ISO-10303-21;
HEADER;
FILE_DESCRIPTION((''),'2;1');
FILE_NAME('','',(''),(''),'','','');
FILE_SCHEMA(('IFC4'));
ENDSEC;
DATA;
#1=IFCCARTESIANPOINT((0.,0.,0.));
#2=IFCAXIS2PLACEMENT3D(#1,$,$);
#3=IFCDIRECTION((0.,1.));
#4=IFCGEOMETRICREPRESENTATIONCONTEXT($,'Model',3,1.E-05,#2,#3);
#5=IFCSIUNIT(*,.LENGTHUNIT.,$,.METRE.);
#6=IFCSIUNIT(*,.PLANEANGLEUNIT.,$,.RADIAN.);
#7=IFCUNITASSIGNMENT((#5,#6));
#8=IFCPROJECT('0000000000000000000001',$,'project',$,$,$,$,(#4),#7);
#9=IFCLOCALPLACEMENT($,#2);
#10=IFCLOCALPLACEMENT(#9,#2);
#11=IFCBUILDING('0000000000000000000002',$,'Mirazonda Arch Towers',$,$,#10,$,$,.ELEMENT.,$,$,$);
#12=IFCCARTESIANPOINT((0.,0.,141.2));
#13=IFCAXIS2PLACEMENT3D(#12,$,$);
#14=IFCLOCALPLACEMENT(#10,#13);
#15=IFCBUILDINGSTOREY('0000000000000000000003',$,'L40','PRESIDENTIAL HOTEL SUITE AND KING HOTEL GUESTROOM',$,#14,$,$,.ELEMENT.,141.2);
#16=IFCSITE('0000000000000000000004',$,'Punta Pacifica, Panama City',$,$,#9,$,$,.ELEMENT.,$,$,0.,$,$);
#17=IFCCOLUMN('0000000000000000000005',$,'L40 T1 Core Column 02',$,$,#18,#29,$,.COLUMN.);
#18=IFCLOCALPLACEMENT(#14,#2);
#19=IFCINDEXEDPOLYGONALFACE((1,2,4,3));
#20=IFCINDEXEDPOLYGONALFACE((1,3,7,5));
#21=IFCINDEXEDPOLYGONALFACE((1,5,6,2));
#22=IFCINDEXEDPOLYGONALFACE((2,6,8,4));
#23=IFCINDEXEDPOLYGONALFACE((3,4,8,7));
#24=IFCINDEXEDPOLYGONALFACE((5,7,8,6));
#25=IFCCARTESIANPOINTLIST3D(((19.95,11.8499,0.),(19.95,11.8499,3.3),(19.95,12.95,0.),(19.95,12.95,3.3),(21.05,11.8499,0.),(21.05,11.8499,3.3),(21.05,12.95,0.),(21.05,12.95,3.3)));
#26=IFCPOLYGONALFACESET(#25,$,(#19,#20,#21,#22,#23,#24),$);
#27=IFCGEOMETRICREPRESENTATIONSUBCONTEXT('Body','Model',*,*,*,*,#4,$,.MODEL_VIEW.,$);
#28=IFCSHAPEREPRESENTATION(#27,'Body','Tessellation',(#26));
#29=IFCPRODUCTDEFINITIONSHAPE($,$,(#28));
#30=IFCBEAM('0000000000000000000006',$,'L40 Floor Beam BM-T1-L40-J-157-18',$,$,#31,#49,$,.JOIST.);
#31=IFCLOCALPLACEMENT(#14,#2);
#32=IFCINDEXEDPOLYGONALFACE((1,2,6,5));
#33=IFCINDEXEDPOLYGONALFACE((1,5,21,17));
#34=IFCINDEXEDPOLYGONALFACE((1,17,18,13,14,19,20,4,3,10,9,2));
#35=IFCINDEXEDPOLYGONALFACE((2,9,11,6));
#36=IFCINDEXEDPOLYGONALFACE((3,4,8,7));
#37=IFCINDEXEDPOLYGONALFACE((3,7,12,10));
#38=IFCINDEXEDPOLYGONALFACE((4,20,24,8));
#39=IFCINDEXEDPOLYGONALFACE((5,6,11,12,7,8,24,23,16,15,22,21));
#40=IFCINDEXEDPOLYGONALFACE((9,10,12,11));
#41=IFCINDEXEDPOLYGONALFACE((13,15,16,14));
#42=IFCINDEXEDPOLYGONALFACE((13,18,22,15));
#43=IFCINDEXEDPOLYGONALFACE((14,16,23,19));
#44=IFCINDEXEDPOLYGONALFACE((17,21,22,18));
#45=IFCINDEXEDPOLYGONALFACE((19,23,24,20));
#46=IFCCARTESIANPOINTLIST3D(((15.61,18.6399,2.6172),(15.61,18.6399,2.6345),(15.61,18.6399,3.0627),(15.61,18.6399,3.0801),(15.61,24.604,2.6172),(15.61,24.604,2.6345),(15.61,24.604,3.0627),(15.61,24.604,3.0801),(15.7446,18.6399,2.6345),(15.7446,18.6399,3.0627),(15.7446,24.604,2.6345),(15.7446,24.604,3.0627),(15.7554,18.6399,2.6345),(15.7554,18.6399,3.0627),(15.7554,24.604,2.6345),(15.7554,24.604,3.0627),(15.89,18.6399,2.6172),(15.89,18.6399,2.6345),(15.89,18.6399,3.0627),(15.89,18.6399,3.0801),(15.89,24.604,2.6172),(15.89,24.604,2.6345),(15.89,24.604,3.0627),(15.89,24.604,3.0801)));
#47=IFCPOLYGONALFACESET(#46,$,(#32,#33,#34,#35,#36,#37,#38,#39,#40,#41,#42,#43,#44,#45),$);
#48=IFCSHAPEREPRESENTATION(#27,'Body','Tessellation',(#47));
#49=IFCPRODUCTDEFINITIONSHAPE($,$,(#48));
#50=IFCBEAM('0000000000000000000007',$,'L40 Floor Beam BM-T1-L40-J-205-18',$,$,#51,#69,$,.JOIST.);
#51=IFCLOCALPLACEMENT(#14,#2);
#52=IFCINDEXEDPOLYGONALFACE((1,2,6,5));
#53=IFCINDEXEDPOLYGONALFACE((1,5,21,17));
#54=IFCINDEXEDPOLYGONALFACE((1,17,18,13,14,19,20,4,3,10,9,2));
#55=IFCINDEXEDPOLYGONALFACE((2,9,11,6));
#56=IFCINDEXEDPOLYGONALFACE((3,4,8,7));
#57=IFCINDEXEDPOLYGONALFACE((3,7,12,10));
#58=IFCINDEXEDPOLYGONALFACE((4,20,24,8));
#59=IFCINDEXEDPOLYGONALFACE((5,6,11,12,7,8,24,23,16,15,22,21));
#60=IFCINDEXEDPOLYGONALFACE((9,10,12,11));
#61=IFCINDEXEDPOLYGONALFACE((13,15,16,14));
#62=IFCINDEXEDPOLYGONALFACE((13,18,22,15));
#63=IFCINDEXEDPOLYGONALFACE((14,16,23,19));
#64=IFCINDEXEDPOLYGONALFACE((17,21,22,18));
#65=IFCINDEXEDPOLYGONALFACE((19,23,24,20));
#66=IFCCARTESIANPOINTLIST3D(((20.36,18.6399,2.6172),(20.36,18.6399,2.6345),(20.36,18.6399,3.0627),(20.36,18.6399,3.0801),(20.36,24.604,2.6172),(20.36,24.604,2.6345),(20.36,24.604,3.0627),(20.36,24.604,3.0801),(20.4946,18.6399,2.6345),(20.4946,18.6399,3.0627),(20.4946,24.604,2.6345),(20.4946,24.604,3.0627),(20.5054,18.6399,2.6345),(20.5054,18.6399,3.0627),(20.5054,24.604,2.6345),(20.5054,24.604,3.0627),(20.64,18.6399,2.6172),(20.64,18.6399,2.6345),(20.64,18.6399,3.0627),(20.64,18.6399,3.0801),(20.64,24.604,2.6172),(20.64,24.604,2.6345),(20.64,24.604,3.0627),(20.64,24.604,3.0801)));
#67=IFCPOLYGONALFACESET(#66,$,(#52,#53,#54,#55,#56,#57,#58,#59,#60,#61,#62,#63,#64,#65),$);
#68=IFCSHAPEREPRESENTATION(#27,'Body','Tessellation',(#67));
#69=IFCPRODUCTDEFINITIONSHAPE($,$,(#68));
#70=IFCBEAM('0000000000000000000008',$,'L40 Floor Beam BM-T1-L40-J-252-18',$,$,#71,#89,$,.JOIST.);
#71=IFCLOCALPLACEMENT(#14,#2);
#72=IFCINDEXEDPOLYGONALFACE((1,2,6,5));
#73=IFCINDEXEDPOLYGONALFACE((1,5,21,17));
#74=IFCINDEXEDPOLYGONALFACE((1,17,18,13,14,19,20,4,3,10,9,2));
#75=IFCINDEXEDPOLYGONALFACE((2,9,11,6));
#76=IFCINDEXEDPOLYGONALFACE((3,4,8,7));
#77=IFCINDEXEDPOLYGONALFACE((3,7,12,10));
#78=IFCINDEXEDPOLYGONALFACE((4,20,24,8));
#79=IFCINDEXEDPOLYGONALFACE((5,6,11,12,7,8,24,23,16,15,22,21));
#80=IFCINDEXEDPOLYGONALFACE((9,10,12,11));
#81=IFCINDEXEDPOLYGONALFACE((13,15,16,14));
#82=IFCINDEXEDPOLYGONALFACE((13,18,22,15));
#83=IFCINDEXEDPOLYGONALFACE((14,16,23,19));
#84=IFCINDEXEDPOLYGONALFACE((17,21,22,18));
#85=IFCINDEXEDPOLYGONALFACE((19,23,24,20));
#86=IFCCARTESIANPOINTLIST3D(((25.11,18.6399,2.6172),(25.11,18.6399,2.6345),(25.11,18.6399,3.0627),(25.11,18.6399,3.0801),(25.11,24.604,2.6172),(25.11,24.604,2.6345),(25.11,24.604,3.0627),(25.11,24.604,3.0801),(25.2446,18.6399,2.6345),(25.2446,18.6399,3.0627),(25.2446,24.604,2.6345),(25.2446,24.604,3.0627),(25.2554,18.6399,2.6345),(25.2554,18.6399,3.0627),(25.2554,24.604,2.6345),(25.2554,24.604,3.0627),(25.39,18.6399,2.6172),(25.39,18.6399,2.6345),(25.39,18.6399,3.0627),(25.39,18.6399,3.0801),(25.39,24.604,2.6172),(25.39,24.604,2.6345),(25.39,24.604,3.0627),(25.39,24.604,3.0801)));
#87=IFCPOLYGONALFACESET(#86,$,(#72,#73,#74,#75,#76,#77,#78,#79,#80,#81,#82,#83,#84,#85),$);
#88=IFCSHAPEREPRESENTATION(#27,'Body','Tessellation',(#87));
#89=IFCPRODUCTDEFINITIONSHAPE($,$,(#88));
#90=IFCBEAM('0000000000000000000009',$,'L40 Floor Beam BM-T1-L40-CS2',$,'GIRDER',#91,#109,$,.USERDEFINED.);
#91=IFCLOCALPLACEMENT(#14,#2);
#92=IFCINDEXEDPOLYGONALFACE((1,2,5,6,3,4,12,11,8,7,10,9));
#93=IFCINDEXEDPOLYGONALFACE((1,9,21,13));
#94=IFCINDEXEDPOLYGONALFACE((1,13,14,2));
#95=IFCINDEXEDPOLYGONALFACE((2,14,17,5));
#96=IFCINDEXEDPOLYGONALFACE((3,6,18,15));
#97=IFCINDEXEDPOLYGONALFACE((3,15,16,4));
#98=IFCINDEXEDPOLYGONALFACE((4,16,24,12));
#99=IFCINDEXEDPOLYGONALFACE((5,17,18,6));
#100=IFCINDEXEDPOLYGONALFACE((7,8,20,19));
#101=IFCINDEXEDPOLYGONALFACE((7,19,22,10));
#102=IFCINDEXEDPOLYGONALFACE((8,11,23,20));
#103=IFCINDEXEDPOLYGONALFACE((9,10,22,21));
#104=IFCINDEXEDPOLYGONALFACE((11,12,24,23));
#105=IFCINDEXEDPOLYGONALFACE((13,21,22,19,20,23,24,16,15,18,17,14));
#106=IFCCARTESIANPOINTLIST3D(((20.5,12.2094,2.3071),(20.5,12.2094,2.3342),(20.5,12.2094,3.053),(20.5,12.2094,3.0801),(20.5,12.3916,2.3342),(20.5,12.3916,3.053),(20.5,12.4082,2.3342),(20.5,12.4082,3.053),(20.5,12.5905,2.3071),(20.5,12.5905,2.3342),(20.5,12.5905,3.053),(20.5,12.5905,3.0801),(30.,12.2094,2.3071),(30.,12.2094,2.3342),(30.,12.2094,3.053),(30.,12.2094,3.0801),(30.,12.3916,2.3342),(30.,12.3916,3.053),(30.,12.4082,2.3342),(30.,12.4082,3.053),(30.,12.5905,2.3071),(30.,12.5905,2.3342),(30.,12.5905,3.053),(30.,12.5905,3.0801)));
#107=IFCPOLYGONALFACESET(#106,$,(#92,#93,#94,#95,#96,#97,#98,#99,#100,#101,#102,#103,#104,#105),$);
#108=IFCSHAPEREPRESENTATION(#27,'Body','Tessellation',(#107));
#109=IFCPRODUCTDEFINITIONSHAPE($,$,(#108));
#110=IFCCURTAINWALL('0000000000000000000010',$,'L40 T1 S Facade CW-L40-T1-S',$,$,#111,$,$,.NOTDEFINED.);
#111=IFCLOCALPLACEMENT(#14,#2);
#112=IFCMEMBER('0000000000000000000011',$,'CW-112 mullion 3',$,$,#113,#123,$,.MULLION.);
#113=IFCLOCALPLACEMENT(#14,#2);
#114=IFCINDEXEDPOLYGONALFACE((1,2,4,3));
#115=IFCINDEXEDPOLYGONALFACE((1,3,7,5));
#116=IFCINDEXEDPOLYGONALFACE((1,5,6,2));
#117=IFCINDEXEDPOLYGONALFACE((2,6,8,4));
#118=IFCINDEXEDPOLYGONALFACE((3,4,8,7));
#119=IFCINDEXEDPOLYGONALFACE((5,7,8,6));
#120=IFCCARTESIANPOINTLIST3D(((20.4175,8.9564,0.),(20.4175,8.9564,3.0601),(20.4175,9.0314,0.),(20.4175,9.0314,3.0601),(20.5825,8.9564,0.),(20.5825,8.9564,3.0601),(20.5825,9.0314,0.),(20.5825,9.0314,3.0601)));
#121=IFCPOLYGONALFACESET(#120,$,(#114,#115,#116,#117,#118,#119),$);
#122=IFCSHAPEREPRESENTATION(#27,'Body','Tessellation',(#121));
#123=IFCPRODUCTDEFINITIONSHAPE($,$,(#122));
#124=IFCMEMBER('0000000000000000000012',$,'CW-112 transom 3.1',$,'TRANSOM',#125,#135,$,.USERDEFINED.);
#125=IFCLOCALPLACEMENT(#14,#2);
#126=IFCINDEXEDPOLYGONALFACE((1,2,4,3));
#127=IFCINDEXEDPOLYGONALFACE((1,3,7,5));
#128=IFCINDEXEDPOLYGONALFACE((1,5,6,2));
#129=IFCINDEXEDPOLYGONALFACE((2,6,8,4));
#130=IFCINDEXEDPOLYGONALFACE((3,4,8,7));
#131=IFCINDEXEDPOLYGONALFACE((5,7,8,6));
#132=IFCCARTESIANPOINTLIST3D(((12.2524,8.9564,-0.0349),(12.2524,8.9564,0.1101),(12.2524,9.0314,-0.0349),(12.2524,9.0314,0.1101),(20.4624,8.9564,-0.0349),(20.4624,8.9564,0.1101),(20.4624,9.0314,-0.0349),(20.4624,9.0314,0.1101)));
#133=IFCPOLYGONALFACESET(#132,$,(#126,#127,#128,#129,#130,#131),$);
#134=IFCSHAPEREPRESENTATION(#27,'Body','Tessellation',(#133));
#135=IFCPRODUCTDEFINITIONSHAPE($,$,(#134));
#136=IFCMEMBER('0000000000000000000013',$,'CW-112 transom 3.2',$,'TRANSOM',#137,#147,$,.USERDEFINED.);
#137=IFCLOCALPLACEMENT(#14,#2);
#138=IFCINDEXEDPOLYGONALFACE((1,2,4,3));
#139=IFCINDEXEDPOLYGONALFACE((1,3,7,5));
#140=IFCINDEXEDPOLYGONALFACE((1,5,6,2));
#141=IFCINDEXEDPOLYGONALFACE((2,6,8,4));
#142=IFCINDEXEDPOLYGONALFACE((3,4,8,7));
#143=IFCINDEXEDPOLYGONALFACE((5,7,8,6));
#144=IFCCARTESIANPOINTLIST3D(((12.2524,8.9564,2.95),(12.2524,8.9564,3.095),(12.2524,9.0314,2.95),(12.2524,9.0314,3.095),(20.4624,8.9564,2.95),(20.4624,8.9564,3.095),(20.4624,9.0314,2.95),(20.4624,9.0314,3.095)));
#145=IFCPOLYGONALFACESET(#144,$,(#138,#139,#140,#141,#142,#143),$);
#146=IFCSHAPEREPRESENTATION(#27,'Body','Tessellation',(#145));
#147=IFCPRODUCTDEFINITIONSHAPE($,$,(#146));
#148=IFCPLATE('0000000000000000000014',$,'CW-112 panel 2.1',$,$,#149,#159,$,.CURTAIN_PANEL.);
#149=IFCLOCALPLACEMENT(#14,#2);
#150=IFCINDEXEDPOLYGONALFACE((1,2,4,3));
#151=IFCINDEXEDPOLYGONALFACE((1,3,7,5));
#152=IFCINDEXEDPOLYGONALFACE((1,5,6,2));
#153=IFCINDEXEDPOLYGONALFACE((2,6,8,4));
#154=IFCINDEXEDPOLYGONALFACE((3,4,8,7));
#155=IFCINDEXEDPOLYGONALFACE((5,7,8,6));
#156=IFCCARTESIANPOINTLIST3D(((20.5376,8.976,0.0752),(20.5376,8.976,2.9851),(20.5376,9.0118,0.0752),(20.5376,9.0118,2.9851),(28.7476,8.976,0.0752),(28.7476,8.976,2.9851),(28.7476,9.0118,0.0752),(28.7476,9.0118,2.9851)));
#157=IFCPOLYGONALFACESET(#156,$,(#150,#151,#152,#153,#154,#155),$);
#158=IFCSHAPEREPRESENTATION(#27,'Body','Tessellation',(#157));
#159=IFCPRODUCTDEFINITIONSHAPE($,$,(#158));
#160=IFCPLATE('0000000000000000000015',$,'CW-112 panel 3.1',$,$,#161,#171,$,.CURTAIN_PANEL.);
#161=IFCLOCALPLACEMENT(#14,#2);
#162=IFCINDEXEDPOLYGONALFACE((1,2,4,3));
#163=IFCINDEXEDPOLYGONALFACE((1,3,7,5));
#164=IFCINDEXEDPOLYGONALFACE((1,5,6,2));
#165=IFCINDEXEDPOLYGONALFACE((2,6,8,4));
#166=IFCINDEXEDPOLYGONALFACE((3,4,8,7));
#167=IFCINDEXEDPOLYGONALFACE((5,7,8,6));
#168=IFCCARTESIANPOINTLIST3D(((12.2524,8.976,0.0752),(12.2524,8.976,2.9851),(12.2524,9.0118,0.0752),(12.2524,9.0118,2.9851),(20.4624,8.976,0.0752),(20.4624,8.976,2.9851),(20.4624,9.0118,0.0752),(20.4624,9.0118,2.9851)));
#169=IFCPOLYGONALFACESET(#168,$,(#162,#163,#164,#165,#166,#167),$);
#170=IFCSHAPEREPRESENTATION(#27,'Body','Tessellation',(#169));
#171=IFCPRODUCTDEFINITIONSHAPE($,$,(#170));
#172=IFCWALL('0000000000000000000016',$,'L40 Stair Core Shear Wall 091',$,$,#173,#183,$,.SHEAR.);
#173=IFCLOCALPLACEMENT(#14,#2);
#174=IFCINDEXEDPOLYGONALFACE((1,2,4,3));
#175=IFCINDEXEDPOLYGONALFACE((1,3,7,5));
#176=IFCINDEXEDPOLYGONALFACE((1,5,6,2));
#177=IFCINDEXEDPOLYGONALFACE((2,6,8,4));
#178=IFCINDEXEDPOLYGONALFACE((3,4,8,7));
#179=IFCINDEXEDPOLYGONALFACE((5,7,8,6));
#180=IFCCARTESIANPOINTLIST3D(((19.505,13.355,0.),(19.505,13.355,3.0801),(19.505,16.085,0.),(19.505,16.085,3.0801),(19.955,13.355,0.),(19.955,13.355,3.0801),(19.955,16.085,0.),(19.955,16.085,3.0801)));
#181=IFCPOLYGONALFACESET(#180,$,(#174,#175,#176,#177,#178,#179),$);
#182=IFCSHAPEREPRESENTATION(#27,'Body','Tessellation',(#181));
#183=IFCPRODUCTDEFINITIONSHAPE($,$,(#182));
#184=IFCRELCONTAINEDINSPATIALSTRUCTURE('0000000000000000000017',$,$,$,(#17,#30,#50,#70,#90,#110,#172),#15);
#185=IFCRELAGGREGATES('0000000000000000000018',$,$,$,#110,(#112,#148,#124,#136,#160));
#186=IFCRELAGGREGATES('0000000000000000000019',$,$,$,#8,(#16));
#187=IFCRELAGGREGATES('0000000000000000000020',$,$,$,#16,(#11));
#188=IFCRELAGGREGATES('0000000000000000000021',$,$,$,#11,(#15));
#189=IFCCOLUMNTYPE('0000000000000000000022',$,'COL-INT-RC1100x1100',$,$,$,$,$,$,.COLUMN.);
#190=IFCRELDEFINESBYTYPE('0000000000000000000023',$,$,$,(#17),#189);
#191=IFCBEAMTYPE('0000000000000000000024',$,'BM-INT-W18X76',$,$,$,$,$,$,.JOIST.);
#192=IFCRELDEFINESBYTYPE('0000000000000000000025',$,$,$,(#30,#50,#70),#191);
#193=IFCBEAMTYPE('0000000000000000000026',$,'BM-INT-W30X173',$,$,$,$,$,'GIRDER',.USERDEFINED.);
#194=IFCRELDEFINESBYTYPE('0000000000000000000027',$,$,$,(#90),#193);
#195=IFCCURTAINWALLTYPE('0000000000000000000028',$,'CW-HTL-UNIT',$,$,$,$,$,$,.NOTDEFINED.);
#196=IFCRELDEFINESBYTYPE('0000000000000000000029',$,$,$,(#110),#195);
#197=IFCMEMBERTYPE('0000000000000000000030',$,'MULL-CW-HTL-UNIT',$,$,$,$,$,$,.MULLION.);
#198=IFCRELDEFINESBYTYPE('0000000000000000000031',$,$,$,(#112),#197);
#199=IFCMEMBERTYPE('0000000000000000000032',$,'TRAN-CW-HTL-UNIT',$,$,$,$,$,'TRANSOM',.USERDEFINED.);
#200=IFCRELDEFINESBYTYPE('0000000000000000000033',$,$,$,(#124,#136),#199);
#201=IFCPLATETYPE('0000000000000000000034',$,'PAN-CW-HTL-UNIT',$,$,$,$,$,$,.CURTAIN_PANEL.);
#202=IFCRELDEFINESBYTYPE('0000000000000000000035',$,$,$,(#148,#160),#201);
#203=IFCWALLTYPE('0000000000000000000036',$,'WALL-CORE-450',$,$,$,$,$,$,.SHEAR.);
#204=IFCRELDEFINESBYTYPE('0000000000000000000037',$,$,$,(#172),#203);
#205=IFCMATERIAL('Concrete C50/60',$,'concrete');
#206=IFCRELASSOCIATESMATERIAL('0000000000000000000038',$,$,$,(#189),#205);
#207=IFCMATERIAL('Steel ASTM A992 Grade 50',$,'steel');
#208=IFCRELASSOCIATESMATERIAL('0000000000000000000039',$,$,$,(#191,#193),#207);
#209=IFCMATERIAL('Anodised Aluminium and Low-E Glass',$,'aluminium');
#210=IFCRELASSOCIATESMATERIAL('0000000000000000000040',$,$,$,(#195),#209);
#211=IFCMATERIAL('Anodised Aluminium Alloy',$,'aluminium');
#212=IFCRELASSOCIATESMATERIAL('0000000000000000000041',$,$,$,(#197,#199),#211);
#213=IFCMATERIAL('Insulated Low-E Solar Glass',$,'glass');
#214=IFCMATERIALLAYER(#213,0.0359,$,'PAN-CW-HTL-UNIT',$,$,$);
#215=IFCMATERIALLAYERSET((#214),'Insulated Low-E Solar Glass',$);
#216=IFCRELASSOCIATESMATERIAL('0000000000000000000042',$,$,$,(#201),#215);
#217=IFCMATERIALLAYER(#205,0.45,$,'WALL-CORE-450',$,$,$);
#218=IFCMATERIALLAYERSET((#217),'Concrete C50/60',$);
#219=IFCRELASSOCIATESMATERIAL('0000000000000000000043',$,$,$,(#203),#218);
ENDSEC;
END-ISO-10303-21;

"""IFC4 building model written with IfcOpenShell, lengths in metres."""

from ifc_helpers import new_model, si_unit, direction, frame, frame_2d, origin, origin_2d, place, context, subcontext, project, spatial, rectangle, i_section, extrude, material, layer, layer_set, material_profile, profile_set, type_object, element, aggregate, save


model = new_model("IFC4")

# Units and contexts
model_context = context("Model", 3, precision=1e-05, world=origin(), true_north=direction((0.0, 1.0)))
body_context = subcontext(model_context, "Body", "Model", "MODEL_VIEW")
ifc_project = project(units=[si_unit("LENGTHUNIT", "METRE"), si_unit("PLANEANGLEUNIT", "RADIAN")], contexts=[model_context])

# Site, building, storey
site_placement = place(None, origin())
site = spatial("IfcSite", under=ifc_project, at=site_placement, Name="Punta Pacifica, Panama City", CompositionType="ELEMENT", RefElevation=0.0)
building_placement = place(site_placement, origin())
building = spatial("IfcBuilding", under=site, at=building_placement, Name="Mirazonda Arch Towers", CompositionType="ELEMENT")
storey_placement = place(building_placement, frame((0.0, 0.0, 141.2)))
storey = spatial("IfcBuildingStorey", under=building, at=storey_placement, Name="L40", Description="PRESIDENTIAL HOTEL SUITE AND KING HOTEL GUESTROOM", CompositionType="ELEMENT", Elevation=141.2)

# Column
ifc_material_1 = material(Name="Concrete C50/60", Category="concrete")
ifc_material_profile_1 = material_profile(ifc_material_1, rectangle(XDim=1.1001, YDim=1.1001, at=origin_2d()), Name="RC1100x1100")
ifc_profile_set_1 = profile_set([ifc_material_profile_1], Name="Concrete C50/60")
column_type = type_object("IfcColumnType", Name="COL-INT-RC1100x1100", PredefinedType="COLUMN", material=ifc_profile_set_1)
column_placement = place(storey_placement, frame((20.5, 12.3999, 0.0), z_axis=(0.0, 0.0, 1.0), x_axis=(1.0, 0.0, 0.0)))
element("IfcColumn", 1, at=column_placement, inside=storey, type_object=column_type, Name="L40 T1 Core Column 02", PredefinedType="COLUMN", context=body_context, shape_type="SweptSolid", body=[
    extrude(rectangle(XDim=1.1001, YDim=1.1001, at=origin_2d()), origin(), (0.0, 0.0, 1.0), 3.3),
])

# Beams
ifc_material_2 = material(Name="Steel ASTM A992 Grade 50", Category="steel")
ifc_material_profile_2 = material_profile(ifc_material_2, i_section(OverallWidth=0.28, OverallDepth=0.4629, WebThickness=0.0107, FlangeThickness=0.0173, at=origin_2d()), Name="W18X76")
ifc_profile_set_2 = profile_set([ifc_material_profile_2], Name="Steel ASTM A992 Grade 50")
beam_type_1 = type_object("IfcBeamType", Name="BM-INT-W18X76", PredefinedType="JOIST", material=ifc_profile_set_2)
for number, where, z_axis, x_axis, name in (
    (2, (15.75, 18.6399, 2.8486), (0.0, 1.0, 0.0), (-1.0, 0.0, 0.0), "L40 Floor Beam BM-T1-L40-J-157-18"),
    (3, (20.5, 18.6399, 2.8486), (0.0, 1.0, 0.0), (-1.0, 0.0, 0.0), "L40 Floor Beam BM-T1-L40-J-205-18"),
    (4, (25.25, 18.6399, 2.8486), (0.0, 1.0, 0.0), (-1.0, 0.0, 0.0), "L40 Floor Beam BM-T1-L40-J-252-18"),
):
    element("IfcBeam", number, at=place(storey_placement, frame(where, z_axis=z_axis, x_axis=x_axis)), inside=storey, type_object=beam_type_1, Name=name, PredefinedType="JOIST", context=body_context, shape_type="SweptSolid", body=[
        extrude(i_section(OverallWidth=0.28, OverallDepth=0.4629, WebThickness=0.0107, FlangeThickness=0.0173, at=origin_2d()), origin(), (0.0, 0.0, 1.0), 5.9641),
    ])
ifc_material_profile_3 = material_profile(ifc_material_2, i_section(OverallWidth=0.3811, OverallDepth=0.7729, WebThickness=0.0166, FlangeThickness=0.0271, at=origin_2d()), Name="W30X173")
ifc_profile_set_3 = profile_set([ifc_material_profile_3], Name="Steel ASTM A992 Grade 50")
beam_type_2 = type_object("IfcBeamType", Name="BM-INT-W30X173", ElementType="GIRDER", PredefinedType="USERDEFINED", material=ifc_profile_set_3)
beam_placement = place(storey_placement, frame((20.5, 12.3999, 2.6936), z_axis=(1.0, 0.0, 0.0), x_axis=(0.0, 1.0, 0.0)))
element("IfcBeam", 5, at=beam_placement, inside=storey, type_object=beam_type_2, Name="L40 Floor Beam BM-T1-L40-CS2", ObjectType="GIRDER", PredefinedType="USERDEFINED", context=body_context, shape_type="SweptSolid", body=[
    extrude(i_section(OverallWidth=0.3811, OverallDepth=0.7729, WebThickness=0.0166, FlangeThickness=0.0271, at=origin_2d()), origin(), (0.0, 0.0, 1.0), 9.5),
])

# Curtain wall, members, plates
ifc_material_3 = material(Name="Anodised Aluminium and Low-E Glass", Category="aluminium")
curtain_wall_type = type_object("IfcCurtainWallType", Name="CW-HTL-UNIT", PredefinedType="NOTDEFINED", material=ifc_material_3)
curtain_wall_placement = place(storey_placement, origin())
curtain_wall = element("IfcCurtainWall", 6, at=curtain_wall_placement, inside=storey, type_object=curtain_wall_type, Name="L40 T1 S Facade CW-L40-T1-S", PredefinedType="NOTDEFINED")
ifc_material_4 = material(Name="Anodised Aluminium Alloy", Category="aluminium")
ifc_material_profile_4 = material_profile(ifc_material_4, rectangle(XDim=0.075, YDim=0.165, at=origin_2d()), Name="ALU-MULL-75x165")
ifc_profile_set_4 = profile_set([ifc_material_profile_4], Name="Anodised Aluminium Alloy")
member_type_1 = type_object("IfcMemberType", Name="MULL-CW-HTL-UNIT", PredefinedType="MULLION", material=ifc_profile_set_4)
member_1_placement = place(storey_placement, frame((20.5, 8.9939, 0.0), z_axis=(0.0, 0.0, 1.0), x_axis=(0.0, -1.0, 0.0)))
member_1 = element("IfcMember", 7, at=member_1_placement, type_object=member_type_1, Name="CW-112 mullion 3", PredefinedType="MULLION", context=body_context, shape_type="SweptSolid", body=[
    extrude(rectangle(XDim=0.075, YDim=0.165, at=origin_2d()), origin(), (0.0, 0.0, 1.0), 3.0601),
])
ifc_material_profile_5 = material_profile(ifc_material_4, rectangle(XDim=0.075, YDim=0.145, at=origin_2d()), Name="ALU-TRAN-75x145")
ifc_profile_set_5 = profile_set([ifc_material_profile_5], Name="Anodised Aluminium Alloy")
member_type_2 = type_object("IfcMemberType", Name="TRAN-CW-HTL-UNIT", ElementType="TRANSOM", PredefinedType="USERDEFINED", material=ifc_profile_set_5)
member_2_placement = place(storey_placement, frame((20.4624, 8.9939, 0.0376), z_axis=(-1.0, 0.0, 0.0), x_axis=(0.0, -1.0, 0.0)))
member_2 = element("IfcMember", 8, at=member_2_placement, type_object=member_type_2, Name="CW-112 transom 3.1", ObjectType="TRANSOM", PredefinedType="USERDEFINED", context=body_context, shape_type="SweptSolid", body=[
    extrude(rectangle(XDim=0.075, YDim=0.145, at=origin_2d()), origin(), (0.0, 0.0, 1.0), 8.21),
])
member_3_placement = place(storey_placement, frame((20.4624, 8.9939, 3.0225), z_axis=(-1.0, 0.0, 0.0), x_axis=(0.0, -1.0, 0.0)))
member_3 = element("IfcMember", 9, at=member_3_placement, type_object=member_type_2, Name="CW-112 transom 3.2", ObjectType="TRANSOM", PredefinedType="USERDEFINED", context=body_context, shape_type="SweptSolid", body=[
    extrude(rectangle(XDim=0.075, YDim=0.145, at=origin_2d()), origin(), (0.0, 0.0, 1.0), 8.21),
])
ifc_material_5 = material(Name="Insulated Low-E Solar Glass", Category="glass")
ifc_layer_1 = layer(ifc_material_5, 0.0359, Name="PAN-CW-HTL-UNIT")
ifc_layer_set_1 = layer_set([ifc_layer_1], Name="Insulated Low-E Solar Glass")
plate_type = type_object("IfcPlateType", Name="PAN-CW-HTL-UNIT", PredefinedType="CURTAIN_PANEL", material=ifc_layer_set_1)
plate_1_placement = place(storey_placement, frame((24.6426, 8.9939, 0.0752), z_axis=(0.0, 0.0, 1.0), x_axis=(-1.0, 0.0, 0.0)))
plate_1 = element("IfcPlate", 10, at=plate_1_placement, type_object=plate_type, Name="CW-112 panel 2.1", PredefinedType="CURTAIN_PANEL", context=body_context, shape_type="SweptSolid", body=[
    extrude(rectangle(XDim=8.21, YDim=0.0359, at=origin_2d()), origin(), (0.0, 0.0, 1.0), 2.9099),
])
plate_2_placement = place(storey_placement, frame((16.3574, 8.9939, 0.0752), z_axis=(0.0, 0.0, 1.0), x_axis=(-1.0, 0.0, 0.0)))
plate_2 = element("IfcPlate", 11, at=plate_2_placement, type_object=plate_type, Name="CW-112 panel 3.1", PredefinedType="CURTAIN_PANEL", context=body_context, shape_type="SweptSolid", body=[
    extrude(rectangle(XDim=8.21, YDim=0.0359, at=origin_2d()), origin(), (0.0, 0.0, 1.0), 2.9099),
])
aggregate(curtain_wall, [member_1, plate_1, member_2, member_3, plate_2])

# Wall
ifc_layer_2 = layer(ifc_material_1, 0.45, Name="WALL-CORE-450")
ifc_layer_set_2 = layer_set([ifc_layer_2], Name="Concrete C50/60")
wall_type_1 = type_object("IfcWallType", Name="WALL-CORE-450", PredefinedType="SHEAR", material=ifc_layer_set_2)
wall_1_placement = place(storey_placement, frame((19.73, 13.355, 0.0), z_axis=(0.0, 0.0, 1.0), x_axis=(0.0, 1.0, 0.0)))
element("IfcWall", 12, at=wall_1_placement, inside=storey, type_object=wall_type_1, Name="L40 Stair Core Shear Wall 091", PredefinedType="SHEAR", context=body_context, shape_type="SweptSolid", body=[
    extrude(rectangle(XDim=2.73, YDim=0.45, at=frame_2d((1.365, 0.0))), origin(), (0.0, 0.0, 1.0), 3.0801),
])

save(model, "model.ifc")
